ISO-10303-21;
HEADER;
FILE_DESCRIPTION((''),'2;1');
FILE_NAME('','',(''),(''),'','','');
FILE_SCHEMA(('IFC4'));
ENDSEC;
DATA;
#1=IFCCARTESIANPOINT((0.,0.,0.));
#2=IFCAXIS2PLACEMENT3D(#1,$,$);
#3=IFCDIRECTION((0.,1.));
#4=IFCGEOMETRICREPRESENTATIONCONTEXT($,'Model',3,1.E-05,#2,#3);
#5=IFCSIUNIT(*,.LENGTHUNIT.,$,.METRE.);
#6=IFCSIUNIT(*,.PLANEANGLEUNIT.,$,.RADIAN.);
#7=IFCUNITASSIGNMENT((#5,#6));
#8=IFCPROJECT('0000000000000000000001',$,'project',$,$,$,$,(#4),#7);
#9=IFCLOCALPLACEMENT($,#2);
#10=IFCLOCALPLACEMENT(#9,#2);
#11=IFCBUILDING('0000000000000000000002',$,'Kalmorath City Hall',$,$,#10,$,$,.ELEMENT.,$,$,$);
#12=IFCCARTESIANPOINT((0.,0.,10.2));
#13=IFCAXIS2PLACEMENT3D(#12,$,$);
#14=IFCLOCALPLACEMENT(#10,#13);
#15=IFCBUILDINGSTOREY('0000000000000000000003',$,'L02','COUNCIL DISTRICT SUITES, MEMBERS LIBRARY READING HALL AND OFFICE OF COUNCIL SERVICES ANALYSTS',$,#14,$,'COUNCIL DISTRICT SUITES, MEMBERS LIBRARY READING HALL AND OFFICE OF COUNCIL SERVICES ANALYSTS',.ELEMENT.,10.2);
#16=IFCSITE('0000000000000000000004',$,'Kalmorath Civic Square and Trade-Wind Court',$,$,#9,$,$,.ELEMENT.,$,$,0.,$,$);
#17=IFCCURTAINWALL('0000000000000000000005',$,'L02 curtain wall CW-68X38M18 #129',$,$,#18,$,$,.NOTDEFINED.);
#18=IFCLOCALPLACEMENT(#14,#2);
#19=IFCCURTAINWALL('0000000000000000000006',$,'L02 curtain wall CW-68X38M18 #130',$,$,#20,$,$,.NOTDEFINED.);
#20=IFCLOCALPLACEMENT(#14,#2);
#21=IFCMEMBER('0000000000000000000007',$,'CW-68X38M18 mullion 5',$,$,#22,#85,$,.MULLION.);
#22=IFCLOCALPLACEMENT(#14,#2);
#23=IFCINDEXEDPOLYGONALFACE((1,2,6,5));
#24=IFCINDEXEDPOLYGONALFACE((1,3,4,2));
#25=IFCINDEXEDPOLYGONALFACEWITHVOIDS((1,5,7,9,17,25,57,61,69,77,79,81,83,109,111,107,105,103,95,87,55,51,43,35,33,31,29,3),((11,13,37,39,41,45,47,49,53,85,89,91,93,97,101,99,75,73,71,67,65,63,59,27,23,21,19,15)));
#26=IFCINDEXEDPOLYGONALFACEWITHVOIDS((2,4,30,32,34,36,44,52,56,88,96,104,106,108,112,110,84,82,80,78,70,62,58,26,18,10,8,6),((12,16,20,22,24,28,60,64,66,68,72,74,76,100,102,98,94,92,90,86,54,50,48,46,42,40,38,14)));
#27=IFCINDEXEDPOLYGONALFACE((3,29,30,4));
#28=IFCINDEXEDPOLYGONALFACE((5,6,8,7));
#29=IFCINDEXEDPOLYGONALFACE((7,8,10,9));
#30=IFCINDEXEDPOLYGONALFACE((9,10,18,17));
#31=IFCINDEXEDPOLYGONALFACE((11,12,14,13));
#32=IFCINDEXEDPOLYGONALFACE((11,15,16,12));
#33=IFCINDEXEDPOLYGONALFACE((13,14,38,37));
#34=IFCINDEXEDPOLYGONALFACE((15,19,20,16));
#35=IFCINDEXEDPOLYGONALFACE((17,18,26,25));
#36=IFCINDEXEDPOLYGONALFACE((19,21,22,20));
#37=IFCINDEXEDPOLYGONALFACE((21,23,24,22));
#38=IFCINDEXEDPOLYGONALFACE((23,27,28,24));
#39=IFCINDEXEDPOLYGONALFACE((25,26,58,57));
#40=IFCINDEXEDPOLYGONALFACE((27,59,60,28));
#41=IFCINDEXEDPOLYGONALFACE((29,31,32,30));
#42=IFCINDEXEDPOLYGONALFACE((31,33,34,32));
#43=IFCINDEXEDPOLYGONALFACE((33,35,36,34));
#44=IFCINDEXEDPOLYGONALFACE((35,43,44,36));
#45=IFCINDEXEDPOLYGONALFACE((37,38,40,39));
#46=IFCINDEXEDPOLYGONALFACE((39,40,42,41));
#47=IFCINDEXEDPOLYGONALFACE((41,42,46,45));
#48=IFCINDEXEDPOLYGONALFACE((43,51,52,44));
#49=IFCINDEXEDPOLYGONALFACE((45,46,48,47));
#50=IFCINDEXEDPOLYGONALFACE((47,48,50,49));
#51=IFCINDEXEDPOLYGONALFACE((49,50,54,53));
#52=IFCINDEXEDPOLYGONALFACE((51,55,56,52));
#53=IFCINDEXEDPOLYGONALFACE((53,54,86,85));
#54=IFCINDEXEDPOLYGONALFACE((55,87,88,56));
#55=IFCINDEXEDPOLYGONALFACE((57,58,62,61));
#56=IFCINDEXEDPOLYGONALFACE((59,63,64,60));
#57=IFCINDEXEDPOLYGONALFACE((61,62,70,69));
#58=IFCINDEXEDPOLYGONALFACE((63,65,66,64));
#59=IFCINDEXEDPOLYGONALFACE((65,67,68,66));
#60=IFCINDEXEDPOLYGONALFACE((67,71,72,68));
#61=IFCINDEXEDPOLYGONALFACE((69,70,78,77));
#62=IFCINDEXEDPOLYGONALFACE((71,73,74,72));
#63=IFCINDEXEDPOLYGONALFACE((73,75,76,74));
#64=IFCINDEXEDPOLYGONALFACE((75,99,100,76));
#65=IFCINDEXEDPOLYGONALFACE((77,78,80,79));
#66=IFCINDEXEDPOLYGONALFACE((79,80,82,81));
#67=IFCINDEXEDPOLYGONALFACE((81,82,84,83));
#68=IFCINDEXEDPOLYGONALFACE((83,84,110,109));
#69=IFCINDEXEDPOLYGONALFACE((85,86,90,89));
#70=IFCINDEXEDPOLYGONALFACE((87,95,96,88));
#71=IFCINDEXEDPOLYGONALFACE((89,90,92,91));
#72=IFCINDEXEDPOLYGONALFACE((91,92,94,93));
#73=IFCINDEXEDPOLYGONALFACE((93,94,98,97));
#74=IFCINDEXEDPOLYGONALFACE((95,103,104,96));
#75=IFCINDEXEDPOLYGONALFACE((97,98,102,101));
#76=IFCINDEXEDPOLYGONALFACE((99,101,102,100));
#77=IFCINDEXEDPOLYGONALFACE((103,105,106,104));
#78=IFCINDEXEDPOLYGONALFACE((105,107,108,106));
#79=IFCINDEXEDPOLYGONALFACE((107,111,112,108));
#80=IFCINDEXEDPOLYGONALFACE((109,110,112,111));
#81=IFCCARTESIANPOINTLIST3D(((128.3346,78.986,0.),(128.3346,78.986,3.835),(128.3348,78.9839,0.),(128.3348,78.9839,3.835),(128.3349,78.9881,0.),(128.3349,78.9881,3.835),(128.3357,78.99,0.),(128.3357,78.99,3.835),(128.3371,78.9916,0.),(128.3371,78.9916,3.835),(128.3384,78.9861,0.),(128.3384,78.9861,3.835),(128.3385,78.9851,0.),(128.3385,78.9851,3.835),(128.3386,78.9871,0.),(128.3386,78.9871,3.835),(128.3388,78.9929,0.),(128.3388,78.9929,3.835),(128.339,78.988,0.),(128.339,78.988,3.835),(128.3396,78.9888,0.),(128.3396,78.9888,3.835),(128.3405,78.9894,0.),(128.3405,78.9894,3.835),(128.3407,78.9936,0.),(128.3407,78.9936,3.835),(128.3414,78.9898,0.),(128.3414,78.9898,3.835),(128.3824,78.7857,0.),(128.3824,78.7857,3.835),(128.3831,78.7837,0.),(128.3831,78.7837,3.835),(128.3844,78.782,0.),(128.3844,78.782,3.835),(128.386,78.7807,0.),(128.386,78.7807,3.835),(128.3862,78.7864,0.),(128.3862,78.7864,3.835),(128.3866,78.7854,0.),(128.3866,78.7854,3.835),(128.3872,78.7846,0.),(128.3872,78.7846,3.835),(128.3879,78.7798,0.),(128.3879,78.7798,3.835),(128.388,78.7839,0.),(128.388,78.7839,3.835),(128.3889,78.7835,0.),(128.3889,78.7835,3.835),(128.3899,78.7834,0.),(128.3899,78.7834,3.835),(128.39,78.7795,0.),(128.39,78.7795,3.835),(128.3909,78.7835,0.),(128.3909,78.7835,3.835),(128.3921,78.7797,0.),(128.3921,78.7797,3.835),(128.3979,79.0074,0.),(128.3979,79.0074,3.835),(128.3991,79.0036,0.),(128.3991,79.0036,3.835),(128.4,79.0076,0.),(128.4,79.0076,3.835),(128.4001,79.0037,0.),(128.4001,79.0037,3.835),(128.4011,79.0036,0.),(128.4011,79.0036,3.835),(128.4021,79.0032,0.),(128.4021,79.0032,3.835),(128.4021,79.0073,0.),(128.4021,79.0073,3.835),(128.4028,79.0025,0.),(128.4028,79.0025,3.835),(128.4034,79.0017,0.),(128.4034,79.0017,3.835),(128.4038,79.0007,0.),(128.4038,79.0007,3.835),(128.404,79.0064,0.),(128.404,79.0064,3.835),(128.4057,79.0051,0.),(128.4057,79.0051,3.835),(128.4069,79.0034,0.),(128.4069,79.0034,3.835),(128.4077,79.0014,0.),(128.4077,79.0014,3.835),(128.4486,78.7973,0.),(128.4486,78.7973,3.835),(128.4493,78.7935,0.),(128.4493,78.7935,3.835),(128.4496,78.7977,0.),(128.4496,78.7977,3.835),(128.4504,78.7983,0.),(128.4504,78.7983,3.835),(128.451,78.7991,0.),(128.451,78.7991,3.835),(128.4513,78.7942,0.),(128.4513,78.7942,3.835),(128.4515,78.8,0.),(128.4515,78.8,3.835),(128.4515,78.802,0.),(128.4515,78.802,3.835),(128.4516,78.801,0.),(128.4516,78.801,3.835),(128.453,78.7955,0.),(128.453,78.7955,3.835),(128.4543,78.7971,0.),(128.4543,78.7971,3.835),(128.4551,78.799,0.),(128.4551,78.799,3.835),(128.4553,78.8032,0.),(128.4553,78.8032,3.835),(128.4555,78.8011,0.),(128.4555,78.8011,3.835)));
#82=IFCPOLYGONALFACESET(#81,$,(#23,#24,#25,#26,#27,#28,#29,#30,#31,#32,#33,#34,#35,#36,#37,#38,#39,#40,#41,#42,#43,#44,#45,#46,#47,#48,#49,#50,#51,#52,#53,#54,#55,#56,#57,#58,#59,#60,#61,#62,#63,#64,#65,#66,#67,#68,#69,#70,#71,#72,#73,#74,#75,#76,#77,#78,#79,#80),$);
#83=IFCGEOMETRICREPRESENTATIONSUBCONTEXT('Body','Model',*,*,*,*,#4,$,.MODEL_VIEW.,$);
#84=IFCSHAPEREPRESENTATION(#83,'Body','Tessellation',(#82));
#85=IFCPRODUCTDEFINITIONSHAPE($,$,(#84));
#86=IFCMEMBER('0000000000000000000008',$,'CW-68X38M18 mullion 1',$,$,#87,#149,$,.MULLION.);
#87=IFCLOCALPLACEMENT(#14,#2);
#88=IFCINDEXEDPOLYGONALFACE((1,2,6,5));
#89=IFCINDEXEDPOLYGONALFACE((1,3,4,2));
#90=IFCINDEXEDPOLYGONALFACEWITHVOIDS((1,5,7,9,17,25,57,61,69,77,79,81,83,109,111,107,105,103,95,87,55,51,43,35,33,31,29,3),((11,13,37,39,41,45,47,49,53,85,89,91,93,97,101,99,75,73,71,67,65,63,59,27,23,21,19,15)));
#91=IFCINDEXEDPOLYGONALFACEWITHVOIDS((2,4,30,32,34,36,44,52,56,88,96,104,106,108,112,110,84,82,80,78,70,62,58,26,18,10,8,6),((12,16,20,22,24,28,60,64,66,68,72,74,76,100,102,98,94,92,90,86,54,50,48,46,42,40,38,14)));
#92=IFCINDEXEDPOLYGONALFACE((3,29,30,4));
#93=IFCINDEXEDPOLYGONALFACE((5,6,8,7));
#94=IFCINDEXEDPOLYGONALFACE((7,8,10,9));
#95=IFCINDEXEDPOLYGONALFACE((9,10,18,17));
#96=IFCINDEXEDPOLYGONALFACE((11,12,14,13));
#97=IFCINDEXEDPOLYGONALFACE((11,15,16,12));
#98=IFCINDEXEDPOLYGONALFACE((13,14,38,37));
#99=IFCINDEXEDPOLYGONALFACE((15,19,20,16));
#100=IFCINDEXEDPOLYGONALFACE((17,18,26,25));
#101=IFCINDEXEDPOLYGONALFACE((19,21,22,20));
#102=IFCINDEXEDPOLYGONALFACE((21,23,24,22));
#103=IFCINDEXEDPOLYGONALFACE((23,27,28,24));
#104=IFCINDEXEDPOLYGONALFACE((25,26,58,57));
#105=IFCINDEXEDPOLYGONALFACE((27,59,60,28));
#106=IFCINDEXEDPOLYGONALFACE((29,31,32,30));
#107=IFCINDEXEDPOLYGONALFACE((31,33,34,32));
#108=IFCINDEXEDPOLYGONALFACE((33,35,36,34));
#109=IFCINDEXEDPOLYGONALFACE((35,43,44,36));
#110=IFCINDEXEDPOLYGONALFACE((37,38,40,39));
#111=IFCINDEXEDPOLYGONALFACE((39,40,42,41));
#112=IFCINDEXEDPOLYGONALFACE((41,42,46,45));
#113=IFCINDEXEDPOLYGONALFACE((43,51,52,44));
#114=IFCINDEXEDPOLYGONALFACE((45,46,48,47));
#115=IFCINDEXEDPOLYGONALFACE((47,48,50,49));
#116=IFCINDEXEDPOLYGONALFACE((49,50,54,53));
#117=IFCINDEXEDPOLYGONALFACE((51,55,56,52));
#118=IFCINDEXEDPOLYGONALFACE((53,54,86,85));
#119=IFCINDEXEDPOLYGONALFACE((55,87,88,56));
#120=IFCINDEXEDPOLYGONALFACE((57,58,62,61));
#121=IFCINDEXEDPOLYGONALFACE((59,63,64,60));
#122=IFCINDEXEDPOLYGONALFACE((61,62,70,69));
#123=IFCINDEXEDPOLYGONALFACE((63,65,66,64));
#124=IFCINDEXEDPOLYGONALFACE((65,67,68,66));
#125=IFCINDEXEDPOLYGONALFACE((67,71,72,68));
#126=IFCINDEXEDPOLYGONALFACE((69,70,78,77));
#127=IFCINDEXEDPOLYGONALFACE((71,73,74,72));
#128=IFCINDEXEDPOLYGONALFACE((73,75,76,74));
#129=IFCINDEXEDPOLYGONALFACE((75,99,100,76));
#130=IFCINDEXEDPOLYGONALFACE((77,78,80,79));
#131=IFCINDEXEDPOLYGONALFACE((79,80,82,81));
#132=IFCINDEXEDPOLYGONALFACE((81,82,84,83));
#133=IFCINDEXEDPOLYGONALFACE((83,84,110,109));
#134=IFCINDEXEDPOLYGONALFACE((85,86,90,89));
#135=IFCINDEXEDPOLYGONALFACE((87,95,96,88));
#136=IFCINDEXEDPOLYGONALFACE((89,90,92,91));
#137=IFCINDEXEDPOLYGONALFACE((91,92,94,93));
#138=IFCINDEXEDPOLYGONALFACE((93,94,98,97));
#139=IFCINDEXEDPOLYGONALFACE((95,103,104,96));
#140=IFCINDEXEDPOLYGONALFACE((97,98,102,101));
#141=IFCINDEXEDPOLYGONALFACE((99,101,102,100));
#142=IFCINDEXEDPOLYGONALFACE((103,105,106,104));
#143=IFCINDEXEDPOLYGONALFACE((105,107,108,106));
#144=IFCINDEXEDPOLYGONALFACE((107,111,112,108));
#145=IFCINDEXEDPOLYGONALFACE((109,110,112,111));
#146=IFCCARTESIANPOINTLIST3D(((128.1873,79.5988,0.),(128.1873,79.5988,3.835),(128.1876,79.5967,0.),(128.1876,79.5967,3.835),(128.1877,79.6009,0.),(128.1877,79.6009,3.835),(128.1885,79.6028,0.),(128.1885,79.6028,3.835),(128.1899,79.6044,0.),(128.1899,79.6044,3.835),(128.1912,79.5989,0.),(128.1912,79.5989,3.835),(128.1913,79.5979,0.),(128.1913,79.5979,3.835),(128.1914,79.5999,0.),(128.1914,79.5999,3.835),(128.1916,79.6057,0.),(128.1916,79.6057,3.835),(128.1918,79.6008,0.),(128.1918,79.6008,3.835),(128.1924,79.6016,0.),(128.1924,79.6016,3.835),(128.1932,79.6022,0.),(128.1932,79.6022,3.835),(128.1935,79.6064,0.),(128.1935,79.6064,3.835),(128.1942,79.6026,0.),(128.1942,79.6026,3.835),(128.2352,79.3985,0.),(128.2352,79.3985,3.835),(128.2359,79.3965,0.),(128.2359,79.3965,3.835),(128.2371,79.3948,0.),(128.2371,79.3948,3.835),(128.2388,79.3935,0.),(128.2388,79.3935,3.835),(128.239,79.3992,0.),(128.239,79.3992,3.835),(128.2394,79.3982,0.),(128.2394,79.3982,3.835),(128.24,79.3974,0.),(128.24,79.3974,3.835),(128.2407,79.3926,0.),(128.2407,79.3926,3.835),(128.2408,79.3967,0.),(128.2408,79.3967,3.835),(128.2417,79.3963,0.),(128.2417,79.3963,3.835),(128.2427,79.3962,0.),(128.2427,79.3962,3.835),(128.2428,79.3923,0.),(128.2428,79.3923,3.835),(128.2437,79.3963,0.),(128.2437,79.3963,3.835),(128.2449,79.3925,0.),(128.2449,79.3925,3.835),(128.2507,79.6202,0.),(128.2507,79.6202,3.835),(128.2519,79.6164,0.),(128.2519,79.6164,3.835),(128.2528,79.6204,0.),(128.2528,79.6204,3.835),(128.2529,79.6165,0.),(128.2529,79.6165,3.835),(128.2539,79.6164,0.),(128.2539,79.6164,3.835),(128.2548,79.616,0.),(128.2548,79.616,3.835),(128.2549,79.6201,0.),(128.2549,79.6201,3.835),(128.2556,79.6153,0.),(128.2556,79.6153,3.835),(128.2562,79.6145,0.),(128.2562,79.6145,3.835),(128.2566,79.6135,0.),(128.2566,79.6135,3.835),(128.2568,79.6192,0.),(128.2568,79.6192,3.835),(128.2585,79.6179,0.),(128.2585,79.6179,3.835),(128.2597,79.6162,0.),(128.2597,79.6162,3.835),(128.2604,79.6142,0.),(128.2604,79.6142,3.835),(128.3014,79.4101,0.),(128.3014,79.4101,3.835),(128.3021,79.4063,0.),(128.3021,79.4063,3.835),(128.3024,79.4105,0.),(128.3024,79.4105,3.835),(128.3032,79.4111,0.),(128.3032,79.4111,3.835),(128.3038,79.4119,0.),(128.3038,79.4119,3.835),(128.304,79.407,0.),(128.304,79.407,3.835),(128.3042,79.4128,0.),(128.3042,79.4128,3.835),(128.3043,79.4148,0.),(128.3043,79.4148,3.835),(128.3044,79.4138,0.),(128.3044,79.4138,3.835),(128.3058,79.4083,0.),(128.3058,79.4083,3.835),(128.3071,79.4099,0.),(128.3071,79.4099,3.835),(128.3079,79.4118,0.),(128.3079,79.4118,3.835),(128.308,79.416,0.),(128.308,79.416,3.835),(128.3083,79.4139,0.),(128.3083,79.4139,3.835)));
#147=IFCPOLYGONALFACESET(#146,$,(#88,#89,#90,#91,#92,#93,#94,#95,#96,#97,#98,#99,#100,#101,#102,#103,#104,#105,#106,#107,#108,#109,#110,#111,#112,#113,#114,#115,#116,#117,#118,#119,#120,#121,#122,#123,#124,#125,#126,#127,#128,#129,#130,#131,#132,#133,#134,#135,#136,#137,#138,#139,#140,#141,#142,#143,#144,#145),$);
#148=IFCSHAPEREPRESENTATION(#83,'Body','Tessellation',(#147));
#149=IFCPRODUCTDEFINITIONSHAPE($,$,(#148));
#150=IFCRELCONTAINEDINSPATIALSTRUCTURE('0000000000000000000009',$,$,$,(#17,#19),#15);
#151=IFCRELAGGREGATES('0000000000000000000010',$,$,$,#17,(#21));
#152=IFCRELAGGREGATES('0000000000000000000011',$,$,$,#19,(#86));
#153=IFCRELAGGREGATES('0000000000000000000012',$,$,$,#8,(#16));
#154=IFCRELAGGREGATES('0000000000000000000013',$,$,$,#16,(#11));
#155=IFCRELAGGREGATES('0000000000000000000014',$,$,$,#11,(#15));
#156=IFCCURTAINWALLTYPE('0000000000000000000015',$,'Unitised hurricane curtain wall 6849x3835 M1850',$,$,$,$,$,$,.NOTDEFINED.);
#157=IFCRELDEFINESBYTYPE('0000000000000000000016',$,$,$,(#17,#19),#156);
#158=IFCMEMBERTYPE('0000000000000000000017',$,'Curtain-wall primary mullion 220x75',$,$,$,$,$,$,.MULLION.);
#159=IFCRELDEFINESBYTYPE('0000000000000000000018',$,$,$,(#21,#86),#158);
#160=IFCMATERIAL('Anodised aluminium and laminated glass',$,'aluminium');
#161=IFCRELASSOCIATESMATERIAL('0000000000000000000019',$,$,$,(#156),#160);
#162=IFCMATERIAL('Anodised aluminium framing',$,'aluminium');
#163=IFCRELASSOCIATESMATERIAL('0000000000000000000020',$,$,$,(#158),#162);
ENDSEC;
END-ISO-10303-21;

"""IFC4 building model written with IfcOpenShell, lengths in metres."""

from ifc_helpers import new_model, si_unit, direction, frame, origin, origin_2d, place, context, subcontext, project, spatial, hollow_rectangle, extrude, material, material_profile, profile_set, type_object, element, aggregate, save


model = new_model("IFC4")

# Units and contexts
model_context = context("Model", 3, precision=1e-05, world=origin(), true_north=direction((0.0, 1.0)))
body_context = subcontext(model_context, "Body", "Model", "MODEL_VIEW")
ifc_project = project(units=[si_unit("LENGTHUNIT", "METRE"), si_unit("PLANEANGLEUNIT", "RADIAN")], contexts=[model_context])

# Site, building, storey
site_placement = place(None, origin())
site = spatial("IfcSite", under=ifc_project, at=site_placement, Name="Kalmorath Civic Square and Trade-Wind Court", CompositionType="ELEMENT", RefElevation=0.0)
building_placement = place(site_placement, origin())
building = spatial("IfcBuilding", under=site, at=building_placement, Name="Kalmorath City Hall", CompositionType="ELEMENT")
storey_placement = place(building_placement, frame((0.0, 0.0, 10.2)))
storey = spatial("IfcBuildingStorey", under=building, at=storey_placement, Name="L02", Description="COUNCIL DISTRICT SUITES, MEMBERS LIBRARY READING HALL AND OFFICE OF COUNCIL SERVICES ANALYSTS", LongName="COUNCIL DISTRICT SUITES, MEMBERS LIBRARY READING HALL AND OFFICE OF COUNCIL SERVICES ANALYSTS", CompositionType="ELEMENT", Elevation=10.2)

# Curtain walls
ifc_material_1 = material(Name="Anodised aluminium and laminated glass", Category="aluminium")
curtain_wall_type = type_object("IfcCurtainWallType", Name="Unitised hurricane curtain wall 6849x3835 M1850", PredefinedType="NOTDEFINED", material=ifc_material_1)
curtain_wall_1_placement = place(storey_placement, origin())
curtain_wall_1 = element("IfcCurtainWall", 1, at=curtain_wall_1_placement, inside=storey, type_object=curtain_wall_type, Name="L02 curtain wall CW-68X38M18 #129", PredefinedType="NOTDEFINED")
curtain_wall_2_placement = place(storey_placement, origin())
curtain_wall_2 = element("IfcCurtainWall", 2, at=curtain_wall_2_placement, inside=storey, type_object=curtain_wall_type, Name="L02 curtain wall CW-68X38M18 #130", PredefinedType="NOTDEFINED")

# Members
ifc_material_2 = material(Name="Anodised aluminium framing", Category="aluminium")
ifc_material_profile_1 = material_profile(ifc_material_2, hollow_rectangle(XDim=0.075, YDim=0.22, WallThickness=0.0039, InnerFilletRadius=0.0039, OuterFilletRadius=0.0081, at=origin_2d()), Name="ALU-MUL-220X75X4")
ifc_profile_set_1 = profile_set([ifc_material_profile_1], Name="Anodised aluminium framing")
member_type_1 = type_object("IfcMemberType", Name="Curtain-wall primary mullion 220x75", PredefinedType="MULLION", material=ifc_profile_set_1)
member_1_placement = place(storey_placement, frame((128.395, 78.8936, 0.0), z_axis=(0.0, 0.0, 1.0), x_axis=(-0.972367, -0.233456, 0.0)))
member_1 = element("IfcMember", 3, at=member_1_placement, type_object=member_type_1, Name="CW-68X38M18 mullion 5", PredefinedType="MULLION", context=body_context, shape_type="SweptSolid", body=[
    extrude(hollow_rectangle(XDim=0.075, YDim=0.22, WallThickness=0.0039, InnerFilletRadius=0.0039, OuterFilletRadius=0.0081, at=origin_2d()), origin(), (0.0, 0.0, 1.0), 3.835),
])
member_2_placement = place(storey_placement, frame((128.2478, 79.5063, 0.0), z_axis=(0.0, 0.0, 1.0), x_axis=(-0.972367, -0.233456, 0.0)))
member_2 = element("IfcMember", 4, at=member_2_placement, type_object=member_type_1, Name="CW-68X38M18 mullion 1", PredefinedType="MULLION", context=body_context, shape_type="SweptSolid", body=[
    extrude(hollow_rectangle(XDim=0.075, YDim=0.22, WallThickness=0.0039, InnerFilletRadius=0.0039, OuterFilletRadius=0.0081, at=origin_2d()), origin(), (0.0, 0.0, 1.0), 3.835),
])

aggregate(curtain_wall_1, [member_1])
aggregate(curtain_wall_2, [member_2])

save(model, "model.ifc")
